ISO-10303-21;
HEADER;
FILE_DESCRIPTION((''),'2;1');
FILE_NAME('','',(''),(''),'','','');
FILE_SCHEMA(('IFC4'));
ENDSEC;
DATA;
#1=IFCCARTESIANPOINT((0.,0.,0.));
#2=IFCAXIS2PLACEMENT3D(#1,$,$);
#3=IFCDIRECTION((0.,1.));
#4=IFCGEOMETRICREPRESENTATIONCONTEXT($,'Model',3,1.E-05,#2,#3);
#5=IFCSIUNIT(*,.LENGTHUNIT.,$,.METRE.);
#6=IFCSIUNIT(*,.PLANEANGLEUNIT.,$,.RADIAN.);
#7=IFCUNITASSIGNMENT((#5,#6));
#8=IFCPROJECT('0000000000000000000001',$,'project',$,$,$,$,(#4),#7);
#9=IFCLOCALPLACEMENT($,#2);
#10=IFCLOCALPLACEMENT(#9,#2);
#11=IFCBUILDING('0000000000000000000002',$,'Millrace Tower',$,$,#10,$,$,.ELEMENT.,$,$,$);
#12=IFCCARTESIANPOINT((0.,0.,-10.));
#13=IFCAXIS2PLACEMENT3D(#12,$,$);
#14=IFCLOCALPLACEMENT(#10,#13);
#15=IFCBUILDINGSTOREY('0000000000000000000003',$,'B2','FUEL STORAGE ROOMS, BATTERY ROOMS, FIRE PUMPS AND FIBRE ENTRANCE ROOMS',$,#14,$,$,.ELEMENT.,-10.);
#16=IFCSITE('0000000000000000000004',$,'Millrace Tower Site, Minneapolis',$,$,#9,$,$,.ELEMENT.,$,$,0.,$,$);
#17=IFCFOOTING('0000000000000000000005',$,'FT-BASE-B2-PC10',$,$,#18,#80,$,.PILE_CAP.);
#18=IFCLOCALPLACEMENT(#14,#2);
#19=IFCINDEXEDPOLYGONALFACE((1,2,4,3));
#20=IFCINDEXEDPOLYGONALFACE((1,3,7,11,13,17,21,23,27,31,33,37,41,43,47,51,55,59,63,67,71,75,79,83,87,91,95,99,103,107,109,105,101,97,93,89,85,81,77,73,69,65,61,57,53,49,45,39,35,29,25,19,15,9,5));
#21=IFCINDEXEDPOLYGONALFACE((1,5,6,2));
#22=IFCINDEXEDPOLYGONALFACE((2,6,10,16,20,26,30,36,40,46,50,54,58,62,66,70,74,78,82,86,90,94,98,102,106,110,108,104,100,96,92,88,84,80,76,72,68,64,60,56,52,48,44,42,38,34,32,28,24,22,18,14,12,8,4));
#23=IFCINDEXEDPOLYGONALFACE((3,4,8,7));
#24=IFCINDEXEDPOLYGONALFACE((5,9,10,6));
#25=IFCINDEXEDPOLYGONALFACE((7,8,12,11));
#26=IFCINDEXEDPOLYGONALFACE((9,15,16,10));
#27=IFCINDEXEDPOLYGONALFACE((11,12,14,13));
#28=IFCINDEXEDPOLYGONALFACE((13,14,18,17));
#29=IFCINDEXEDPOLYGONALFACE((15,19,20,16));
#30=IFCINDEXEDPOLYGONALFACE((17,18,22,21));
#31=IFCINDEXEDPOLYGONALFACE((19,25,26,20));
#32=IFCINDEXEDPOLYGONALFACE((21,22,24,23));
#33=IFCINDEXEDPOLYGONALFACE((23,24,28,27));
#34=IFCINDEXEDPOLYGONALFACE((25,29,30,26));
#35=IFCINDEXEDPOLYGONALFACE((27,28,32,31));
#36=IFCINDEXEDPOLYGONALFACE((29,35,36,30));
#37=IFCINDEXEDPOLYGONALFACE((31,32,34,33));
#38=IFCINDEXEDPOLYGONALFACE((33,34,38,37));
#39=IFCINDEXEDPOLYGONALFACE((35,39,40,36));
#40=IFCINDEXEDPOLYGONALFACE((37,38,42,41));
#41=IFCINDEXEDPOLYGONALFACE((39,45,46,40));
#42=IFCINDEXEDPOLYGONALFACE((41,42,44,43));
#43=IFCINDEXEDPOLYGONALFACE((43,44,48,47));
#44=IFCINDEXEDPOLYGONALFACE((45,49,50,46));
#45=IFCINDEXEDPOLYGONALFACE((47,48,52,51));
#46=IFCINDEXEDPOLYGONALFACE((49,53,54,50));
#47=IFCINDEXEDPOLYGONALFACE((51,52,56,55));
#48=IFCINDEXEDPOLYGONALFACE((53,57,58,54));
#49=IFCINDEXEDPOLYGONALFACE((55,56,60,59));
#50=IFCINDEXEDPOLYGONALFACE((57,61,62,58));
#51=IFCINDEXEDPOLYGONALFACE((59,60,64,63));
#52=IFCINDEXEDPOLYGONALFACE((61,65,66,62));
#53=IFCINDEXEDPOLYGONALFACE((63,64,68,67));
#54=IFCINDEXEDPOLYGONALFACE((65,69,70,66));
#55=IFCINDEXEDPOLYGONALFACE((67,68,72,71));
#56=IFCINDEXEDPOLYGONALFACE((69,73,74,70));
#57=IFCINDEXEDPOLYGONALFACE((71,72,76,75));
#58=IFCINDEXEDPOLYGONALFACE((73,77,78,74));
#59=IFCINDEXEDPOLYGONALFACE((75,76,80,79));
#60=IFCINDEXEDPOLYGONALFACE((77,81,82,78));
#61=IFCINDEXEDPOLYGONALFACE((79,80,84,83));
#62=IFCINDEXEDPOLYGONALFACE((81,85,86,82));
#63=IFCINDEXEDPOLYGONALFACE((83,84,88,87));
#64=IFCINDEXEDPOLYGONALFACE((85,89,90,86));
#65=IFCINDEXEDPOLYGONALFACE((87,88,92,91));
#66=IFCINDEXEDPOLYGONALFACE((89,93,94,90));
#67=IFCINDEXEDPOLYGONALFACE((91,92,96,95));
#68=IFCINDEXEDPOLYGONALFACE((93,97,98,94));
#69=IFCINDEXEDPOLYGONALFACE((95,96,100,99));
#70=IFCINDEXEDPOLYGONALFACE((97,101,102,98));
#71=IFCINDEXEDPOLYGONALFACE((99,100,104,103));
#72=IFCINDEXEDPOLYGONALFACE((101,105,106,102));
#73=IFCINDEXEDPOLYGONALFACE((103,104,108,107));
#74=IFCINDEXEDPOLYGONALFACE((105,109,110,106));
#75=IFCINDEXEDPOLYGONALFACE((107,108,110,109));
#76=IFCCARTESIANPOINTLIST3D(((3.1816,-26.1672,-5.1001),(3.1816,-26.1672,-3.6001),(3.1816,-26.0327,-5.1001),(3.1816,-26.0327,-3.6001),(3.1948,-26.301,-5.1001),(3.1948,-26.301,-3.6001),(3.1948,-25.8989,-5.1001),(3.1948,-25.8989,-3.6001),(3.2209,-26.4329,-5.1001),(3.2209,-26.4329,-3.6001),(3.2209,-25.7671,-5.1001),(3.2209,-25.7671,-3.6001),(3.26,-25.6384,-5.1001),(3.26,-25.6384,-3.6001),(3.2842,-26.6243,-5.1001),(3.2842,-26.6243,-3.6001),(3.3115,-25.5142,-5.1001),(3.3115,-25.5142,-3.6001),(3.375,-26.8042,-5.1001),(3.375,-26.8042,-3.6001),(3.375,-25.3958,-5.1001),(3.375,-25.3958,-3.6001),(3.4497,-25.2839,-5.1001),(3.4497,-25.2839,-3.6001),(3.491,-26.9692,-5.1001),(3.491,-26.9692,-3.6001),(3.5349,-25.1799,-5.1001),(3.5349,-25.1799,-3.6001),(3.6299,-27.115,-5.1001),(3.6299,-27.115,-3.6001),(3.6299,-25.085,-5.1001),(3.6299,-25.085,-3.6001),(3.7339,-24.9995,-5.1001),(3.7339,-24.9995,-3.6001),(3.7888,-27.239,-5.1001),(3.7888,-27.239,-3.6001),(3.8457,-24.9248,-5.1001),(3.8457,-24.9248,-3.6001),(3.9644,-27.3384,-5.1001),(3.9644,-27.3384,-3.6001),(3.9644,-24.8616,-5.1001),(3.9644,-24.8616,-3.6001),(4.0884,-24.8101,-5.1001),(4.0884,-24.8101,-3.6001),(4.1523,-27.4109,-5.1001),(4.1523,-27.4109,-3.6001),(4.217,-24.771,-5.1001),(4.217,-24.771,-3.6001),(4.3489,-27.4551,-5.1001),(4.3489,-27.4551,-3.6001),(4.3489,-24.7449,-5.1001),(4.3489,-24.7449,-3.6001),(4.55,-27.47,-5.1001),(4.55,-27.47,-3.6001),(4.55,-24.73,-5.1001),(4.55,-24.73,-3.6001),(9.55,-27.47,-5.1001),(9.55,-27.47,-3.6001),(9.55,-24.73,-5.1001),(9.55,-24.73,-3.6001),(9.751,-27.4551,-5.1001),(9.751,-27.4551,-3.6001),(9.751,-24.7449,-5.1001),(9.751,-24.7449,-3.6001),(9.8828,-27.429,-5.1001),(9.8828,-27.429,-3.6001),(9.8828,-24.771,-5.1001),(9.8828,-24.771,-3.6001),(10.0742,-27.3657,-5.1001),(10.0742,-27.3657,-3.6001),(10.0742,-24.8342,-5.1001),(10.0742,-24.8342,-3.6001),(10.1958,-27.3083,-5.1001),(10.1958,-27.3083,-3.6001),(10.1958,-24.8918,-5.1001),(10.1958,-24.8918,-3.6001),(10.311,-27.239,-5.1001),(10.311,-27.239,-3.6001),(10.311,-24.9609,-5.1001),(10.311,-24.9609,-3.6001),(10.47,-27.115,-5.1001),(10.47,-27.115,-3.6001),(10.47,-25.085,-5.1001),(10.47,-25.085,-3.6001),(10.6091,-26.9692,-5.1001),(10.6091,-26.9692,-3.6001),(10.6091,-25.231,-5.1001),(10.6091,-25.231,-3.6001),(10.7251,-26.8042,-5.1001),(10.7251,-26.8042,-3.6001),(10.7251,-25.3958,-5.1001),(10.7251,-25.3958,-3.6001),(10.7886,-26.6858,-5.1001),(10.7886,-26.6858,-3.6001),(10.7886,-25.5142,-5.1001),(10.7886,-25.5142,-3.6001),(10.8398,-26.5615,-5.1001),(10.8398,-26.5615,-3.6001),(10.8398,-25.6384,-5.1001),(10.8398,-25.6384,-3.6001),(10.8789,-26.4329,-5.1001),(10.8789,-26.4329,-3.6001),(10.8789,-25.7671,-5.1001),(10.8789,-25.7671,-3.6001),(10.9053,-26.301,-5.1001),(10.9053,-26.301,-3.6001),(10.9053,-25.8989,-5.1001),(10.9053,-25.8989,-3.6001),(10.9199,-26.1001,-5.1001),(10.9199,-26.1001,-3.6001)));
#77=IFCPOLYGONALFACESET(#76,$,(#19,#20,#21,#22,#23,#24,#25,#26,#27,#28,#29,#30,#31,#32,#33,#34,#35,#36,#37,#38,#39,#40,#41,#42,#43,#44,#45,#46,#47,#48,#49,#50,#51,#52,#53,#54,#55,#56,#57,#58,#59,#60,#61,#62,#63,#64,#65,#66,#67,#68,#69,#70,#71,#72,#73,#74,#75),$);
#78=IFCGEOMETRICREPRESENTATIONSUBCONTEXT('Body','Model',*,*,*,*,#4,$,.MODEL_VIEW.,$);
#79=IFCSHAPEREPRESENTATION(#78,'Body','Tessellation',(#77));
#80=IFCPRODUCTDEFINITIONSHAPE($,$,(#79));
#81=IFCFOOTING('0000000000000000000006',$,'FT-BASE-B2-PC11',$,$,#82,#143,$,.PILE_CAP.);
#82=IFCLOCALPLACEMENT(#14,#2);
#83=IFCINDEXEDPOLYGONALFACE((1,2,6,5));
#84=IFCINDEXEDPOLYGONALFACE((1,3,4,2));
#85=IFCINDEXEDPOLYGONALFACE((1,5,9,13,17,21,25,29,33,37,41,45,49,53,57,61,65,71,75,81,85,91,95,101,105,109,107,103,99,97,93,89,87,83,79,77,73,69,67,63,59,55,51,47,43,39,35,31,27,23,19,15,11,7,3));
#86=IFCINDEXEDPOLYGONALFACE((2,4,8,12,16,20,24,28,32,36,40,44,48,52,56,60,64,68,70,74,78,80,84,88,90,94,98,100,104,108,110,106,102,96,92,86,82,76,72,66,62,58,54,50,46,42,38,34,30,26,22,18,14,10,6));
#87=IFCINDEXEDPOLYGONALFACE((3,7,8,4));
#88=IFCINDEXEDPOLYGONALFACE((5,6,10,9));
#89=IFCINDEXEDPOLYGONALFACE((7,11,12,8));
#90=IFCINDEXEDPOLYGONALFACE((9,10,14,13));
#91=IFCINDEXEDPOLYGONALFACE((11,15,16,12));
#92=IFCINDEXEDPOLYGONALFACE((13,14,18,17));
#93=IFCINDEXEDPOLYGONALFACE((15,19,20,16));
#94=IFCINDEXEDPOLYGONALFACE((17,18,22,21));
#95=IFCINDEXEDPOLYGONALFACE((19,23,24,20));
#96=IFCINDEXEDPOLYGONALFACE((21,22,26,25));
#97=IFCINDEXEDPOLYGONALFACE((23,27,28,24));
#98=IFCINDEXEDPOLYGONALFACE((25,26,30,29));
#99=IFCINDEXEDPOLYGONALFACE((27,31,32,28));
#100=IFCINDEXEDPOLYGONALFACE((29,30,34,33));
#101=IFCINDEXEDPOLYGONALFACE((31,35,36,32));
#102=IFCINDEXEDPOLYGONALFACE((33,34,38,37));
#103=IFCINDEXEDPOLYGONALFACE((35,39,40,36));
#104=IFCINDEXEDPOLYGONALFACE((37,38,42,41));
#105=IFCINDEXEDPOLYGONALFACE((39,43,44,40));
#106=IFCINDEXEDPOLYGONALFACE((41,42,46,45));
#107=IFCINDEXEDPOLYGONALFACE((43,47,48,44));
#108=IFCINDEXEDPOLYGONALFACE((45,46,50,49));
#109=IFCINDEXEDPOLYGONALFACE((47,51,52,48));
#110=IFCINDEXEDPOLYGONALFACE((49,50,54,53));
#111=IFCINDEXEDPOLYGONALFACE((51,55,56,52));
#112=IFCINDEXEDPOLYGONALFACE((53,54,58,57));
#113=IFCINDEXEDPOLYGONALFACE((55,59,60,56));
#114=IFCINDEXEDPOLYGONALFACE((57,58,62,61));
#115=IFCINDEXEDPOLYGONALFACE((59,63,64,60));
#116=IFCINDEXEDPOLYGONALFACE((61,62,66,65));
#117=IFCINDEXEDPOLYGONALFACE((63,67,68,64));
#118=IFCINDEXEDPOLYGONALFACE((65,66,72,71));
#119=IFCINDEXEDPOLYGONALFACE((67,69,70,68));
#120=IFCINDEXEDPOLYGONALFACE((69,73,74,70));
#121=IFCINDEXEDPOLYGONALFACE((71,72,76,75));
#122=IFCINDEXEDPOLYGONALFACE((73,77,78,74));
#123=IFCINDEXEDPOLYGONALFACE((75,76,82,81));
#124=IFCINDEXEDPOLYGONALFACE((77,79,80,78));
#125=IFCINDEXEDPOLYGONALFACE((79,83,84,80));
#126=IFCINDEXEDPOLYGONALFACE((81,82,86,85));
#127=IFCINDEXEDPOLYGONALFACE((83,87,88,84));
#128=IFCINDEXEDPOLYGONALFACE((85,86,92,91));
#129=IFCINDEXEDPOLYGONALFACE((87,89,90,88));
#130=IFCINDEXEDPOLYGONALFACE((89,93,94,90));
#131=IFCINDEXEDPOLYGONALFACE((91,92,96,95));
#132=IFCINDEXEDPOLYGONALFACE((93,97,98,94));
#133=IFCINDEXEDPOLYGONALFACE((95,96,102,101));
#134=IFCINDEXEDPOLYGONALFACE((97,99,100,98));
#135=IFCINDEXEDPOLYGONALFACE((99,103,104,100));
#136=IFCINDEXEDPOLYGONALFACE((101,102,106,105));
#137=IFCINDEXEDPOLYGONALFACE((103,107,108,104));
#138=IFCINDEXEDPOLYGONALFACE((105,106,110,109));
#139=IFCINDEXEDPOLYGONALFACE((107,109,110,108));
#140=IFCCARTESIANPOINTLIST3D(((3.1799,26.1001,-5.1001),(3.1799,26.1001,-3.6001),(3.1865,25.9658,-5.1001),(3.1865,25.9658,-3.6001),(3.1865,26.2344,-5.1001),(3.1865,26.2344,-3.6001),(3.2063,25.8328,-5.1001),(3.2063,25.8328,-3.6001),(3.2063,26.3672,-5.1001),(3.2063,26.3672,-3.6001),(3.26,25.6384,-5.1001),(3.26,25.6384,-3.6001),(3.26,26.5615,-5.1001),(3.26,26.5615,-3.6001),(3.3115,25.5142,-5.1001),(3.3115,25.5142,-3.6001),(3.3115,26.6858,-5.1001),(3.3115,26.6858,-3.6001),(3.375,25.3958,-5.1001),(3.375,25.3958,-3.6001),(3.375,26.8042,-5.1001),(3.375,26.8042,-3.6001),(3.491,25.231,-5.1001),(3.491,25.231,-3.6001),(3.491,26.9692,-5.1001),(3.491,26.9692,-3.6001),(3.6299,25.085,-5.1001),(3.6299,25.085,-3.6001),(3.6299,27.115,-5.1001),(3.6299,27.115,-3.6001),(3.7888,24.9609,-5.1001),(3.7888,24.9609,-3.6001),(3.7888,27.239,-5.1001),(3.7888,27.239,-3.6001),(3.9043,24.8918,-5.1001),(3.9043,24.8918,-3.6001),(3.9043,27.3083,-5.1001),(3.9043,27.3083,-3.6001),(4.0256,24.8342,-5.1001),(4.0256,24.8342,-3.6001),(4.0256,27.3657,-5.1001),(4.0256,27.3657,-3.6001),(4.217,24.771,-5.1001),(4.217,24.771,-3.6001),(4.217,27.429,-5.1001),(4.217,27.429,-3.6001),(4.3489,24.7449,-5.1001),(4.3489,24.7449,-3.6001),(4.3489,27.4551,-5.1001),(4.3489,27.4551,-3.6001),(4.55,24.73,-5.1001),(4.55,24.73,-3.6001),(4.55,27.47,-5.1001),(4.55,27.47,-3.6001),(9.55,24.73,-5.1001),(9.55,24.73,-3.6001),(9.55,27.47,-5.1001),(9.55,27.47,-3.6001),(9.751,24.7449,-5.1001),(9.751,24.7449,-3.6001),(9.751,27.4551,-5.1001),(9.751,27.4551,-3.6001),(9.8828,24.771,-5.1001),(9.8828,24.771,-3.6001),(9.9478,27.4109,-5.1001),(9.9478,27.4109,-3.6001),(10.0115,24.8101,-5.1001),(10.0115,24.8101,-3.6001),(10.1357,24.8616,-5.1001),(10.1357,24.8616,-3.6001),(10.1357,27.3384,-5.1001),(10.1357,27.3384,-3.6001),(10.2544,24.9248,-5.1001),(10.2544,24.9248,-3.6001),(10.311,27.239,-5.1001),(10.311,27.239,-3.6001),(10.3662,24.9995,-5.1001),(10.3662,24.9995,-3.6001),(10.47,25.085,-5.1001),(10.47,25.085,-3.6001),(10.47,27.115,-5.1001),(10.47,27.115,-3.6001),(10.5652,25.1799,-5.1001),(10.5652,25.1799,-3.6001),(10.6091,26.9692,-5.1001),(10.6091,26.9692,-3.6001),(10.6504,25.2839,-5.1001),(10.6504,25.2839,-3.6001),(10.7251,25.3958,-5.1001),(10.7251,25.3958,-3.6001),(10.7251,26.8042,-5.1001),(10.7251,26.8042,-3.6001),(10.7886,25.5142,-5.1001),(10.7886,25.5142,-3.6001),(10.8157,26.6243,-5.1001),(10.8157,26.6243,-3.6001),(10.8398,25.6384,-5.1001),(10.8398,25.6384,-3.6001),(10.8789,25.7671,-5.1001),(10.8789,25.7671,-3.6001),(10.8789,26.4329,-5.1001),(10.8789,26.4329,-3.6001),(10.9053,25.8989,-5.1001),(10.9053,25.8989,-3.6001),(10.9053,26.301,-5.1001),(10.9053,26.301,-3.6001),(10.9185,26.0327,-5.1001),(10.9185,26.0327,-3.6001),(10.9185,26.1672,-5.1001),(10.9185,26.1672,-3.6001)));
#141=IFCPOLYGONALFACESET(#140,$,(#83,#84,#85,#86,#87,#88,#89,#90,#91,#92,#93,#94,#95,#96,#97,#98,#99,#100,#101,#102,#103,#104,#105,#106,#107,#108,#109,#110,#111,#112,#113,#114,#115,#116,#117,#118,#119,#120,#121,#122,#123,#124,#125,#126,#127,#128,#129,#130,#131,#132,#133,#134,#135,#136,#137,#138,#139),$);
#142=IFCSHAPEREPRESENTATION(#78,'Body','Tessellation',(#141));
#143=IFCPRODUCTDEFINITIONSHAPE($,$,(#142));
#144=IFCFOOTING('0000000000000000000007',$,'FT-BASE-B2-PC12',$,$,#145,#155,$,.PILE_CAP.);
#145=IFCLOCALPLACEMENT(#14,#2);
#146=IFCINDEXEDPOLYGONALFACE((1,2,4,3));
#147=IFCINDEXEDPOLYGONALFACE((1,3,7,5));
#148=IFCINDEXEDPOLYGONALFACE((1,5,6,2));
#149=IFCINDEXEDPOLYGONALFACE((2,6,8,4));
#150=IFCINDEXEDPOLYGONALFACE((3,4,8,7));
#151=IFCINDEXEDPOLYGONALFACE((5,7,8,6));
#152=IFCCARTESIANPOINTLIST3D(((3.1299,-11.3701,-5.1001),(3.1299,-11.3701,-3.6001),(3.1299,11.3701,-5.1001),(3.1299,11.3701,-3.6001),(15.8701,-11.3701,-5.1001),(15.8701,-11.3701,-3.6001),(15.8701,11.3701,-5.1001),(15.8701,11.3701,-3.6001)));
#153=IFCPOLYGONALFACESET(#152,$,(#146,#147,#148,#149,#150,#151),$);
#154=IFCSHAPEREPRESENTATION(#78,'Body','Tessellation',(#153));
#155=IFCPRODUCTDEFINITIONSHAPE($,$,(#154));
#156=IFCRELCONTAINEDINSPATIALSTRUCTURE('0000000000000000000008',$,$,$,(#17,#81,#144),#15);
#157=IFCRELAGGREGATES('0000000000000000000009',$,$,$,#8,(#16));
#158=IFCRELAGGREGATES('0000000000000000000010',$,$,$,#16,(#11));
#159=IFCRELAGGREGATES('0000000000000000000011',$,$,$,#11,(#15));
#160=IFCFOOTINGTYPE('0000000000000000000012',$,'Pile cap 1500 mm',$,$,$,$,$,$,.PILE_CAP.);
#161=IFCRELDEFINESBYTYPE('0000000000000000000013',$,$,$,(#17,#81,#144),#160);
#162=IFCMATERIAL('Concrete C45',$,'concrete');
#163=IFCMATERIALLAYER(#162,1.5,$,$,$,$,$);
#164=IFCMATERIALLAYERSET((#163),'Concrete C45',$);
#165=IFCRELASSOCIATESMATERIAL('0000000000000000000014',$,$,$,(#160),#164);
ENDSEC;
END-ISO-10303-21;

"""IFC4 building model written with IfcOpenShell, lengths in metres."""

from ifc_helpers import new_model, si_unit, direction, frame, origin, place, context, subcontext, project, spatial, polyline, outline, extrude, material, layer, layer_set, type_object, element, save


model = new_model("IFC4")

# Units and contexts
model_context = context("Model", 3, precision=1e-05, world=origin(), true_north=direction((0.0, 1.0)))
body_context = subcontext(model_context, "Body", "Model", "MODEL_VIEW")
ifc_project = project(units=[si_unit("LENGTHUNIT", "METRE"), si_unit("PLANEANGLEUNIT", "RADIAN")], contexts=[model_context])

# Site, building, storey
site_placement = place(None, origin())
site = spatial("IfcSite", under=ifc_project, at=site_placement, Name="Millrace Tower Site, Minneapolis", CompositionType="ELEMENT", RefElevation=0.0)
building_placement = place(site_placement, origin())
building = spatial("IfcBuilding", under=site, at=building_placement, Name="Millrace Tower", CompositionType="ELEMENT")
storey_placement = place(building_placement, frame((0.0, 0.0, -10.0)))
storey = spatial("IfcBuildingStorey", under=building, at=storey_placement, Name="B2", Description="FUEL STORAGE ROOMS, BATTERY ROOMS, FIRE PUMPS AND FIBRE ENTRANCE ROOMS", CompositionType="ELEMENT", Elevation=-10.0)

# Footings
ifc_material_1 = material(Name="Concrete C45", Category="concrete")
ifc_layer_1 = layer(ifc_material_1, 1.5)
ifc_layer_set_1 = layer_set([ifc_layer_1], Name="Concrete C45")
footing_type = type_object("IfcFootingType", Name="Pile cap 1500 mm", PredefinedType="PILE_CAP", material=ifc_layer_set_1)
placement_1 = place(storey_placement, frame((0.0, 0.0, -5.1001)))
element("IfcFooting", 1, at=placement_1, inside=storey, type_object=footing_type, Name="FT-BASE-B2-PC10", PredefinedType="PILE_CAP", context=body_context, shape_type="SweptSolid", body=[
    extrude(outline(polyline([(9.8828, -24.771), (10.0742, -24.8342), (10.1958, -24.8918), (10.311, -24.9609), (10.47, -25.085), (10.6091, -25.231), (10.7251, -25.3958), (10.7886, -25.5142), (10.8398, -25.6384), (10.8789, -25.7671), (10.9053, -25.8989), (10.9199, -26.1001), (10.9053, -26.301), (10.8789, -26.4329), (10.8398, -26.5615), (10.7886, -26.6858), (10.7251, -26.8042), (10.6091, -26.9692), (10.47, -27.115), (10.311, -27.239), (10.1958, -27.3083), (10.0742, -27.3657), (9.8828, -27.429), (9.751, -27.4551), (9.55, -27.47), (4.55, -27.47), (4.3489, -27.4551), (4.1523, -27.4109), (3.9644, -27.3384), (3.7888, -27.239), (3.6299, -27.115), (3.491, -26.9692), (3.375, -26.8042), (3.2842, -26.6243), (3.2209, -26.4329), (3.1948, -26.301), (3.1816, -26.1672), (3.1816, -26.0327), (3.1948, -25.8989), (3.2209, -25.7671), (3.26, -25.6384), (3.3115, -25.5142), (3.375, -25.3958), (3.4497, -25.2839), (3.5349, -25.1799), (3.6299, -25.085), (3.7339, -24.9995), (3.8457, -24.9248), (3.9644, -24.8616), (4.0884, -24.8101), (4.217, -24.771), (4.3489, -24.7449), (4.55, -24.73), (9.55, -24.73), (9.751, -24.7449), (9.8828, -24.771)])), origin(), (0.0, 0.0, 1.0), 1.5),
])
element("IfcFooting", 2, at=placement_1, inside=storey, type_object=footing_type, Name="FT-BASE-B2-PC11", PredefinedType="PILE_CAP", context=body_context, shape_type="SweptSolid", body=[
    extrude(outline(polyline([(4.217, 24.771), (4.0256, 24.8342), (3.9043, 24.8918), (3.7888, 24.9609), (3.6299, 25.085), (3.491, 25.231), (3.375, 25.3958), (3.3115, 25.5142), (3.26, 25.6384), (3.2063, 25.8328), (3.1865, 25.9658), (3.1799, 26.1001), (3.1865, 26.2344), (3.2063, 26.3672), (3.26, 26.5615), (3.3115, 26.6858), (3.375, 26.8042), (3.491, 26.9692), (3.6299, 27.115), (3.7888, 27.239), (3.9043, 27.3083), (4.0256, 27.3657), (4.217, 27.429), (4.3489, 27.4551), (4.55, 27.47), (9.55, 27.47), (9.751, 27.4551), (9.9478, 27.4109), (10.1357, 27.3384), (10.311, 27.239), (10.47, 27.115), (10.6091, 26.9692), (10.7251, 26.8042), (10.8157, 26.6243), (10.8789, 26.4329), (10.9053, 26.301), (10.9185, 26.1672), (10.9185, 26.0327), (10.9053, 25.8989), (10.8789, 25.7671), (10.8398, 25.6384), (10.7886, 25.5142), (10.7251, 25.3958), (10.6504, 25.2839), (10.5652, 25.1799), (10.47, 25.085), (10.3662, 24.9995), (10.2544, 24.9248), (10.1357, 24.8616), (10.0115, 24.8101), (9.8828, 24.771), (9.751, 24.7449), (9.55, 24.73), (4.55, 24.73), (4.3489, 24.7449), (4.217, 24.771)])), origin(), (0.0, 0.0, 1.0), 1.5),
])
element("IfcFooting", 3, at=placement_1, inside=storey, type_object=footing_type, Name="FT-BASE-B2-PC12", PredefinedType="PILE_CAP", context=body_context, shape_type="SweptSolid", body=[
    extrude(outline(polyline([(3.1299, -11.3701), (3.1299, 11.3701), (15.8701, 11.3701), (15.8701, -11.3701), (3.1299, -11.3701)])), origin(), (0.0, 0.0, 1.0), 1.5),
])

save(model, "model.ifc")
